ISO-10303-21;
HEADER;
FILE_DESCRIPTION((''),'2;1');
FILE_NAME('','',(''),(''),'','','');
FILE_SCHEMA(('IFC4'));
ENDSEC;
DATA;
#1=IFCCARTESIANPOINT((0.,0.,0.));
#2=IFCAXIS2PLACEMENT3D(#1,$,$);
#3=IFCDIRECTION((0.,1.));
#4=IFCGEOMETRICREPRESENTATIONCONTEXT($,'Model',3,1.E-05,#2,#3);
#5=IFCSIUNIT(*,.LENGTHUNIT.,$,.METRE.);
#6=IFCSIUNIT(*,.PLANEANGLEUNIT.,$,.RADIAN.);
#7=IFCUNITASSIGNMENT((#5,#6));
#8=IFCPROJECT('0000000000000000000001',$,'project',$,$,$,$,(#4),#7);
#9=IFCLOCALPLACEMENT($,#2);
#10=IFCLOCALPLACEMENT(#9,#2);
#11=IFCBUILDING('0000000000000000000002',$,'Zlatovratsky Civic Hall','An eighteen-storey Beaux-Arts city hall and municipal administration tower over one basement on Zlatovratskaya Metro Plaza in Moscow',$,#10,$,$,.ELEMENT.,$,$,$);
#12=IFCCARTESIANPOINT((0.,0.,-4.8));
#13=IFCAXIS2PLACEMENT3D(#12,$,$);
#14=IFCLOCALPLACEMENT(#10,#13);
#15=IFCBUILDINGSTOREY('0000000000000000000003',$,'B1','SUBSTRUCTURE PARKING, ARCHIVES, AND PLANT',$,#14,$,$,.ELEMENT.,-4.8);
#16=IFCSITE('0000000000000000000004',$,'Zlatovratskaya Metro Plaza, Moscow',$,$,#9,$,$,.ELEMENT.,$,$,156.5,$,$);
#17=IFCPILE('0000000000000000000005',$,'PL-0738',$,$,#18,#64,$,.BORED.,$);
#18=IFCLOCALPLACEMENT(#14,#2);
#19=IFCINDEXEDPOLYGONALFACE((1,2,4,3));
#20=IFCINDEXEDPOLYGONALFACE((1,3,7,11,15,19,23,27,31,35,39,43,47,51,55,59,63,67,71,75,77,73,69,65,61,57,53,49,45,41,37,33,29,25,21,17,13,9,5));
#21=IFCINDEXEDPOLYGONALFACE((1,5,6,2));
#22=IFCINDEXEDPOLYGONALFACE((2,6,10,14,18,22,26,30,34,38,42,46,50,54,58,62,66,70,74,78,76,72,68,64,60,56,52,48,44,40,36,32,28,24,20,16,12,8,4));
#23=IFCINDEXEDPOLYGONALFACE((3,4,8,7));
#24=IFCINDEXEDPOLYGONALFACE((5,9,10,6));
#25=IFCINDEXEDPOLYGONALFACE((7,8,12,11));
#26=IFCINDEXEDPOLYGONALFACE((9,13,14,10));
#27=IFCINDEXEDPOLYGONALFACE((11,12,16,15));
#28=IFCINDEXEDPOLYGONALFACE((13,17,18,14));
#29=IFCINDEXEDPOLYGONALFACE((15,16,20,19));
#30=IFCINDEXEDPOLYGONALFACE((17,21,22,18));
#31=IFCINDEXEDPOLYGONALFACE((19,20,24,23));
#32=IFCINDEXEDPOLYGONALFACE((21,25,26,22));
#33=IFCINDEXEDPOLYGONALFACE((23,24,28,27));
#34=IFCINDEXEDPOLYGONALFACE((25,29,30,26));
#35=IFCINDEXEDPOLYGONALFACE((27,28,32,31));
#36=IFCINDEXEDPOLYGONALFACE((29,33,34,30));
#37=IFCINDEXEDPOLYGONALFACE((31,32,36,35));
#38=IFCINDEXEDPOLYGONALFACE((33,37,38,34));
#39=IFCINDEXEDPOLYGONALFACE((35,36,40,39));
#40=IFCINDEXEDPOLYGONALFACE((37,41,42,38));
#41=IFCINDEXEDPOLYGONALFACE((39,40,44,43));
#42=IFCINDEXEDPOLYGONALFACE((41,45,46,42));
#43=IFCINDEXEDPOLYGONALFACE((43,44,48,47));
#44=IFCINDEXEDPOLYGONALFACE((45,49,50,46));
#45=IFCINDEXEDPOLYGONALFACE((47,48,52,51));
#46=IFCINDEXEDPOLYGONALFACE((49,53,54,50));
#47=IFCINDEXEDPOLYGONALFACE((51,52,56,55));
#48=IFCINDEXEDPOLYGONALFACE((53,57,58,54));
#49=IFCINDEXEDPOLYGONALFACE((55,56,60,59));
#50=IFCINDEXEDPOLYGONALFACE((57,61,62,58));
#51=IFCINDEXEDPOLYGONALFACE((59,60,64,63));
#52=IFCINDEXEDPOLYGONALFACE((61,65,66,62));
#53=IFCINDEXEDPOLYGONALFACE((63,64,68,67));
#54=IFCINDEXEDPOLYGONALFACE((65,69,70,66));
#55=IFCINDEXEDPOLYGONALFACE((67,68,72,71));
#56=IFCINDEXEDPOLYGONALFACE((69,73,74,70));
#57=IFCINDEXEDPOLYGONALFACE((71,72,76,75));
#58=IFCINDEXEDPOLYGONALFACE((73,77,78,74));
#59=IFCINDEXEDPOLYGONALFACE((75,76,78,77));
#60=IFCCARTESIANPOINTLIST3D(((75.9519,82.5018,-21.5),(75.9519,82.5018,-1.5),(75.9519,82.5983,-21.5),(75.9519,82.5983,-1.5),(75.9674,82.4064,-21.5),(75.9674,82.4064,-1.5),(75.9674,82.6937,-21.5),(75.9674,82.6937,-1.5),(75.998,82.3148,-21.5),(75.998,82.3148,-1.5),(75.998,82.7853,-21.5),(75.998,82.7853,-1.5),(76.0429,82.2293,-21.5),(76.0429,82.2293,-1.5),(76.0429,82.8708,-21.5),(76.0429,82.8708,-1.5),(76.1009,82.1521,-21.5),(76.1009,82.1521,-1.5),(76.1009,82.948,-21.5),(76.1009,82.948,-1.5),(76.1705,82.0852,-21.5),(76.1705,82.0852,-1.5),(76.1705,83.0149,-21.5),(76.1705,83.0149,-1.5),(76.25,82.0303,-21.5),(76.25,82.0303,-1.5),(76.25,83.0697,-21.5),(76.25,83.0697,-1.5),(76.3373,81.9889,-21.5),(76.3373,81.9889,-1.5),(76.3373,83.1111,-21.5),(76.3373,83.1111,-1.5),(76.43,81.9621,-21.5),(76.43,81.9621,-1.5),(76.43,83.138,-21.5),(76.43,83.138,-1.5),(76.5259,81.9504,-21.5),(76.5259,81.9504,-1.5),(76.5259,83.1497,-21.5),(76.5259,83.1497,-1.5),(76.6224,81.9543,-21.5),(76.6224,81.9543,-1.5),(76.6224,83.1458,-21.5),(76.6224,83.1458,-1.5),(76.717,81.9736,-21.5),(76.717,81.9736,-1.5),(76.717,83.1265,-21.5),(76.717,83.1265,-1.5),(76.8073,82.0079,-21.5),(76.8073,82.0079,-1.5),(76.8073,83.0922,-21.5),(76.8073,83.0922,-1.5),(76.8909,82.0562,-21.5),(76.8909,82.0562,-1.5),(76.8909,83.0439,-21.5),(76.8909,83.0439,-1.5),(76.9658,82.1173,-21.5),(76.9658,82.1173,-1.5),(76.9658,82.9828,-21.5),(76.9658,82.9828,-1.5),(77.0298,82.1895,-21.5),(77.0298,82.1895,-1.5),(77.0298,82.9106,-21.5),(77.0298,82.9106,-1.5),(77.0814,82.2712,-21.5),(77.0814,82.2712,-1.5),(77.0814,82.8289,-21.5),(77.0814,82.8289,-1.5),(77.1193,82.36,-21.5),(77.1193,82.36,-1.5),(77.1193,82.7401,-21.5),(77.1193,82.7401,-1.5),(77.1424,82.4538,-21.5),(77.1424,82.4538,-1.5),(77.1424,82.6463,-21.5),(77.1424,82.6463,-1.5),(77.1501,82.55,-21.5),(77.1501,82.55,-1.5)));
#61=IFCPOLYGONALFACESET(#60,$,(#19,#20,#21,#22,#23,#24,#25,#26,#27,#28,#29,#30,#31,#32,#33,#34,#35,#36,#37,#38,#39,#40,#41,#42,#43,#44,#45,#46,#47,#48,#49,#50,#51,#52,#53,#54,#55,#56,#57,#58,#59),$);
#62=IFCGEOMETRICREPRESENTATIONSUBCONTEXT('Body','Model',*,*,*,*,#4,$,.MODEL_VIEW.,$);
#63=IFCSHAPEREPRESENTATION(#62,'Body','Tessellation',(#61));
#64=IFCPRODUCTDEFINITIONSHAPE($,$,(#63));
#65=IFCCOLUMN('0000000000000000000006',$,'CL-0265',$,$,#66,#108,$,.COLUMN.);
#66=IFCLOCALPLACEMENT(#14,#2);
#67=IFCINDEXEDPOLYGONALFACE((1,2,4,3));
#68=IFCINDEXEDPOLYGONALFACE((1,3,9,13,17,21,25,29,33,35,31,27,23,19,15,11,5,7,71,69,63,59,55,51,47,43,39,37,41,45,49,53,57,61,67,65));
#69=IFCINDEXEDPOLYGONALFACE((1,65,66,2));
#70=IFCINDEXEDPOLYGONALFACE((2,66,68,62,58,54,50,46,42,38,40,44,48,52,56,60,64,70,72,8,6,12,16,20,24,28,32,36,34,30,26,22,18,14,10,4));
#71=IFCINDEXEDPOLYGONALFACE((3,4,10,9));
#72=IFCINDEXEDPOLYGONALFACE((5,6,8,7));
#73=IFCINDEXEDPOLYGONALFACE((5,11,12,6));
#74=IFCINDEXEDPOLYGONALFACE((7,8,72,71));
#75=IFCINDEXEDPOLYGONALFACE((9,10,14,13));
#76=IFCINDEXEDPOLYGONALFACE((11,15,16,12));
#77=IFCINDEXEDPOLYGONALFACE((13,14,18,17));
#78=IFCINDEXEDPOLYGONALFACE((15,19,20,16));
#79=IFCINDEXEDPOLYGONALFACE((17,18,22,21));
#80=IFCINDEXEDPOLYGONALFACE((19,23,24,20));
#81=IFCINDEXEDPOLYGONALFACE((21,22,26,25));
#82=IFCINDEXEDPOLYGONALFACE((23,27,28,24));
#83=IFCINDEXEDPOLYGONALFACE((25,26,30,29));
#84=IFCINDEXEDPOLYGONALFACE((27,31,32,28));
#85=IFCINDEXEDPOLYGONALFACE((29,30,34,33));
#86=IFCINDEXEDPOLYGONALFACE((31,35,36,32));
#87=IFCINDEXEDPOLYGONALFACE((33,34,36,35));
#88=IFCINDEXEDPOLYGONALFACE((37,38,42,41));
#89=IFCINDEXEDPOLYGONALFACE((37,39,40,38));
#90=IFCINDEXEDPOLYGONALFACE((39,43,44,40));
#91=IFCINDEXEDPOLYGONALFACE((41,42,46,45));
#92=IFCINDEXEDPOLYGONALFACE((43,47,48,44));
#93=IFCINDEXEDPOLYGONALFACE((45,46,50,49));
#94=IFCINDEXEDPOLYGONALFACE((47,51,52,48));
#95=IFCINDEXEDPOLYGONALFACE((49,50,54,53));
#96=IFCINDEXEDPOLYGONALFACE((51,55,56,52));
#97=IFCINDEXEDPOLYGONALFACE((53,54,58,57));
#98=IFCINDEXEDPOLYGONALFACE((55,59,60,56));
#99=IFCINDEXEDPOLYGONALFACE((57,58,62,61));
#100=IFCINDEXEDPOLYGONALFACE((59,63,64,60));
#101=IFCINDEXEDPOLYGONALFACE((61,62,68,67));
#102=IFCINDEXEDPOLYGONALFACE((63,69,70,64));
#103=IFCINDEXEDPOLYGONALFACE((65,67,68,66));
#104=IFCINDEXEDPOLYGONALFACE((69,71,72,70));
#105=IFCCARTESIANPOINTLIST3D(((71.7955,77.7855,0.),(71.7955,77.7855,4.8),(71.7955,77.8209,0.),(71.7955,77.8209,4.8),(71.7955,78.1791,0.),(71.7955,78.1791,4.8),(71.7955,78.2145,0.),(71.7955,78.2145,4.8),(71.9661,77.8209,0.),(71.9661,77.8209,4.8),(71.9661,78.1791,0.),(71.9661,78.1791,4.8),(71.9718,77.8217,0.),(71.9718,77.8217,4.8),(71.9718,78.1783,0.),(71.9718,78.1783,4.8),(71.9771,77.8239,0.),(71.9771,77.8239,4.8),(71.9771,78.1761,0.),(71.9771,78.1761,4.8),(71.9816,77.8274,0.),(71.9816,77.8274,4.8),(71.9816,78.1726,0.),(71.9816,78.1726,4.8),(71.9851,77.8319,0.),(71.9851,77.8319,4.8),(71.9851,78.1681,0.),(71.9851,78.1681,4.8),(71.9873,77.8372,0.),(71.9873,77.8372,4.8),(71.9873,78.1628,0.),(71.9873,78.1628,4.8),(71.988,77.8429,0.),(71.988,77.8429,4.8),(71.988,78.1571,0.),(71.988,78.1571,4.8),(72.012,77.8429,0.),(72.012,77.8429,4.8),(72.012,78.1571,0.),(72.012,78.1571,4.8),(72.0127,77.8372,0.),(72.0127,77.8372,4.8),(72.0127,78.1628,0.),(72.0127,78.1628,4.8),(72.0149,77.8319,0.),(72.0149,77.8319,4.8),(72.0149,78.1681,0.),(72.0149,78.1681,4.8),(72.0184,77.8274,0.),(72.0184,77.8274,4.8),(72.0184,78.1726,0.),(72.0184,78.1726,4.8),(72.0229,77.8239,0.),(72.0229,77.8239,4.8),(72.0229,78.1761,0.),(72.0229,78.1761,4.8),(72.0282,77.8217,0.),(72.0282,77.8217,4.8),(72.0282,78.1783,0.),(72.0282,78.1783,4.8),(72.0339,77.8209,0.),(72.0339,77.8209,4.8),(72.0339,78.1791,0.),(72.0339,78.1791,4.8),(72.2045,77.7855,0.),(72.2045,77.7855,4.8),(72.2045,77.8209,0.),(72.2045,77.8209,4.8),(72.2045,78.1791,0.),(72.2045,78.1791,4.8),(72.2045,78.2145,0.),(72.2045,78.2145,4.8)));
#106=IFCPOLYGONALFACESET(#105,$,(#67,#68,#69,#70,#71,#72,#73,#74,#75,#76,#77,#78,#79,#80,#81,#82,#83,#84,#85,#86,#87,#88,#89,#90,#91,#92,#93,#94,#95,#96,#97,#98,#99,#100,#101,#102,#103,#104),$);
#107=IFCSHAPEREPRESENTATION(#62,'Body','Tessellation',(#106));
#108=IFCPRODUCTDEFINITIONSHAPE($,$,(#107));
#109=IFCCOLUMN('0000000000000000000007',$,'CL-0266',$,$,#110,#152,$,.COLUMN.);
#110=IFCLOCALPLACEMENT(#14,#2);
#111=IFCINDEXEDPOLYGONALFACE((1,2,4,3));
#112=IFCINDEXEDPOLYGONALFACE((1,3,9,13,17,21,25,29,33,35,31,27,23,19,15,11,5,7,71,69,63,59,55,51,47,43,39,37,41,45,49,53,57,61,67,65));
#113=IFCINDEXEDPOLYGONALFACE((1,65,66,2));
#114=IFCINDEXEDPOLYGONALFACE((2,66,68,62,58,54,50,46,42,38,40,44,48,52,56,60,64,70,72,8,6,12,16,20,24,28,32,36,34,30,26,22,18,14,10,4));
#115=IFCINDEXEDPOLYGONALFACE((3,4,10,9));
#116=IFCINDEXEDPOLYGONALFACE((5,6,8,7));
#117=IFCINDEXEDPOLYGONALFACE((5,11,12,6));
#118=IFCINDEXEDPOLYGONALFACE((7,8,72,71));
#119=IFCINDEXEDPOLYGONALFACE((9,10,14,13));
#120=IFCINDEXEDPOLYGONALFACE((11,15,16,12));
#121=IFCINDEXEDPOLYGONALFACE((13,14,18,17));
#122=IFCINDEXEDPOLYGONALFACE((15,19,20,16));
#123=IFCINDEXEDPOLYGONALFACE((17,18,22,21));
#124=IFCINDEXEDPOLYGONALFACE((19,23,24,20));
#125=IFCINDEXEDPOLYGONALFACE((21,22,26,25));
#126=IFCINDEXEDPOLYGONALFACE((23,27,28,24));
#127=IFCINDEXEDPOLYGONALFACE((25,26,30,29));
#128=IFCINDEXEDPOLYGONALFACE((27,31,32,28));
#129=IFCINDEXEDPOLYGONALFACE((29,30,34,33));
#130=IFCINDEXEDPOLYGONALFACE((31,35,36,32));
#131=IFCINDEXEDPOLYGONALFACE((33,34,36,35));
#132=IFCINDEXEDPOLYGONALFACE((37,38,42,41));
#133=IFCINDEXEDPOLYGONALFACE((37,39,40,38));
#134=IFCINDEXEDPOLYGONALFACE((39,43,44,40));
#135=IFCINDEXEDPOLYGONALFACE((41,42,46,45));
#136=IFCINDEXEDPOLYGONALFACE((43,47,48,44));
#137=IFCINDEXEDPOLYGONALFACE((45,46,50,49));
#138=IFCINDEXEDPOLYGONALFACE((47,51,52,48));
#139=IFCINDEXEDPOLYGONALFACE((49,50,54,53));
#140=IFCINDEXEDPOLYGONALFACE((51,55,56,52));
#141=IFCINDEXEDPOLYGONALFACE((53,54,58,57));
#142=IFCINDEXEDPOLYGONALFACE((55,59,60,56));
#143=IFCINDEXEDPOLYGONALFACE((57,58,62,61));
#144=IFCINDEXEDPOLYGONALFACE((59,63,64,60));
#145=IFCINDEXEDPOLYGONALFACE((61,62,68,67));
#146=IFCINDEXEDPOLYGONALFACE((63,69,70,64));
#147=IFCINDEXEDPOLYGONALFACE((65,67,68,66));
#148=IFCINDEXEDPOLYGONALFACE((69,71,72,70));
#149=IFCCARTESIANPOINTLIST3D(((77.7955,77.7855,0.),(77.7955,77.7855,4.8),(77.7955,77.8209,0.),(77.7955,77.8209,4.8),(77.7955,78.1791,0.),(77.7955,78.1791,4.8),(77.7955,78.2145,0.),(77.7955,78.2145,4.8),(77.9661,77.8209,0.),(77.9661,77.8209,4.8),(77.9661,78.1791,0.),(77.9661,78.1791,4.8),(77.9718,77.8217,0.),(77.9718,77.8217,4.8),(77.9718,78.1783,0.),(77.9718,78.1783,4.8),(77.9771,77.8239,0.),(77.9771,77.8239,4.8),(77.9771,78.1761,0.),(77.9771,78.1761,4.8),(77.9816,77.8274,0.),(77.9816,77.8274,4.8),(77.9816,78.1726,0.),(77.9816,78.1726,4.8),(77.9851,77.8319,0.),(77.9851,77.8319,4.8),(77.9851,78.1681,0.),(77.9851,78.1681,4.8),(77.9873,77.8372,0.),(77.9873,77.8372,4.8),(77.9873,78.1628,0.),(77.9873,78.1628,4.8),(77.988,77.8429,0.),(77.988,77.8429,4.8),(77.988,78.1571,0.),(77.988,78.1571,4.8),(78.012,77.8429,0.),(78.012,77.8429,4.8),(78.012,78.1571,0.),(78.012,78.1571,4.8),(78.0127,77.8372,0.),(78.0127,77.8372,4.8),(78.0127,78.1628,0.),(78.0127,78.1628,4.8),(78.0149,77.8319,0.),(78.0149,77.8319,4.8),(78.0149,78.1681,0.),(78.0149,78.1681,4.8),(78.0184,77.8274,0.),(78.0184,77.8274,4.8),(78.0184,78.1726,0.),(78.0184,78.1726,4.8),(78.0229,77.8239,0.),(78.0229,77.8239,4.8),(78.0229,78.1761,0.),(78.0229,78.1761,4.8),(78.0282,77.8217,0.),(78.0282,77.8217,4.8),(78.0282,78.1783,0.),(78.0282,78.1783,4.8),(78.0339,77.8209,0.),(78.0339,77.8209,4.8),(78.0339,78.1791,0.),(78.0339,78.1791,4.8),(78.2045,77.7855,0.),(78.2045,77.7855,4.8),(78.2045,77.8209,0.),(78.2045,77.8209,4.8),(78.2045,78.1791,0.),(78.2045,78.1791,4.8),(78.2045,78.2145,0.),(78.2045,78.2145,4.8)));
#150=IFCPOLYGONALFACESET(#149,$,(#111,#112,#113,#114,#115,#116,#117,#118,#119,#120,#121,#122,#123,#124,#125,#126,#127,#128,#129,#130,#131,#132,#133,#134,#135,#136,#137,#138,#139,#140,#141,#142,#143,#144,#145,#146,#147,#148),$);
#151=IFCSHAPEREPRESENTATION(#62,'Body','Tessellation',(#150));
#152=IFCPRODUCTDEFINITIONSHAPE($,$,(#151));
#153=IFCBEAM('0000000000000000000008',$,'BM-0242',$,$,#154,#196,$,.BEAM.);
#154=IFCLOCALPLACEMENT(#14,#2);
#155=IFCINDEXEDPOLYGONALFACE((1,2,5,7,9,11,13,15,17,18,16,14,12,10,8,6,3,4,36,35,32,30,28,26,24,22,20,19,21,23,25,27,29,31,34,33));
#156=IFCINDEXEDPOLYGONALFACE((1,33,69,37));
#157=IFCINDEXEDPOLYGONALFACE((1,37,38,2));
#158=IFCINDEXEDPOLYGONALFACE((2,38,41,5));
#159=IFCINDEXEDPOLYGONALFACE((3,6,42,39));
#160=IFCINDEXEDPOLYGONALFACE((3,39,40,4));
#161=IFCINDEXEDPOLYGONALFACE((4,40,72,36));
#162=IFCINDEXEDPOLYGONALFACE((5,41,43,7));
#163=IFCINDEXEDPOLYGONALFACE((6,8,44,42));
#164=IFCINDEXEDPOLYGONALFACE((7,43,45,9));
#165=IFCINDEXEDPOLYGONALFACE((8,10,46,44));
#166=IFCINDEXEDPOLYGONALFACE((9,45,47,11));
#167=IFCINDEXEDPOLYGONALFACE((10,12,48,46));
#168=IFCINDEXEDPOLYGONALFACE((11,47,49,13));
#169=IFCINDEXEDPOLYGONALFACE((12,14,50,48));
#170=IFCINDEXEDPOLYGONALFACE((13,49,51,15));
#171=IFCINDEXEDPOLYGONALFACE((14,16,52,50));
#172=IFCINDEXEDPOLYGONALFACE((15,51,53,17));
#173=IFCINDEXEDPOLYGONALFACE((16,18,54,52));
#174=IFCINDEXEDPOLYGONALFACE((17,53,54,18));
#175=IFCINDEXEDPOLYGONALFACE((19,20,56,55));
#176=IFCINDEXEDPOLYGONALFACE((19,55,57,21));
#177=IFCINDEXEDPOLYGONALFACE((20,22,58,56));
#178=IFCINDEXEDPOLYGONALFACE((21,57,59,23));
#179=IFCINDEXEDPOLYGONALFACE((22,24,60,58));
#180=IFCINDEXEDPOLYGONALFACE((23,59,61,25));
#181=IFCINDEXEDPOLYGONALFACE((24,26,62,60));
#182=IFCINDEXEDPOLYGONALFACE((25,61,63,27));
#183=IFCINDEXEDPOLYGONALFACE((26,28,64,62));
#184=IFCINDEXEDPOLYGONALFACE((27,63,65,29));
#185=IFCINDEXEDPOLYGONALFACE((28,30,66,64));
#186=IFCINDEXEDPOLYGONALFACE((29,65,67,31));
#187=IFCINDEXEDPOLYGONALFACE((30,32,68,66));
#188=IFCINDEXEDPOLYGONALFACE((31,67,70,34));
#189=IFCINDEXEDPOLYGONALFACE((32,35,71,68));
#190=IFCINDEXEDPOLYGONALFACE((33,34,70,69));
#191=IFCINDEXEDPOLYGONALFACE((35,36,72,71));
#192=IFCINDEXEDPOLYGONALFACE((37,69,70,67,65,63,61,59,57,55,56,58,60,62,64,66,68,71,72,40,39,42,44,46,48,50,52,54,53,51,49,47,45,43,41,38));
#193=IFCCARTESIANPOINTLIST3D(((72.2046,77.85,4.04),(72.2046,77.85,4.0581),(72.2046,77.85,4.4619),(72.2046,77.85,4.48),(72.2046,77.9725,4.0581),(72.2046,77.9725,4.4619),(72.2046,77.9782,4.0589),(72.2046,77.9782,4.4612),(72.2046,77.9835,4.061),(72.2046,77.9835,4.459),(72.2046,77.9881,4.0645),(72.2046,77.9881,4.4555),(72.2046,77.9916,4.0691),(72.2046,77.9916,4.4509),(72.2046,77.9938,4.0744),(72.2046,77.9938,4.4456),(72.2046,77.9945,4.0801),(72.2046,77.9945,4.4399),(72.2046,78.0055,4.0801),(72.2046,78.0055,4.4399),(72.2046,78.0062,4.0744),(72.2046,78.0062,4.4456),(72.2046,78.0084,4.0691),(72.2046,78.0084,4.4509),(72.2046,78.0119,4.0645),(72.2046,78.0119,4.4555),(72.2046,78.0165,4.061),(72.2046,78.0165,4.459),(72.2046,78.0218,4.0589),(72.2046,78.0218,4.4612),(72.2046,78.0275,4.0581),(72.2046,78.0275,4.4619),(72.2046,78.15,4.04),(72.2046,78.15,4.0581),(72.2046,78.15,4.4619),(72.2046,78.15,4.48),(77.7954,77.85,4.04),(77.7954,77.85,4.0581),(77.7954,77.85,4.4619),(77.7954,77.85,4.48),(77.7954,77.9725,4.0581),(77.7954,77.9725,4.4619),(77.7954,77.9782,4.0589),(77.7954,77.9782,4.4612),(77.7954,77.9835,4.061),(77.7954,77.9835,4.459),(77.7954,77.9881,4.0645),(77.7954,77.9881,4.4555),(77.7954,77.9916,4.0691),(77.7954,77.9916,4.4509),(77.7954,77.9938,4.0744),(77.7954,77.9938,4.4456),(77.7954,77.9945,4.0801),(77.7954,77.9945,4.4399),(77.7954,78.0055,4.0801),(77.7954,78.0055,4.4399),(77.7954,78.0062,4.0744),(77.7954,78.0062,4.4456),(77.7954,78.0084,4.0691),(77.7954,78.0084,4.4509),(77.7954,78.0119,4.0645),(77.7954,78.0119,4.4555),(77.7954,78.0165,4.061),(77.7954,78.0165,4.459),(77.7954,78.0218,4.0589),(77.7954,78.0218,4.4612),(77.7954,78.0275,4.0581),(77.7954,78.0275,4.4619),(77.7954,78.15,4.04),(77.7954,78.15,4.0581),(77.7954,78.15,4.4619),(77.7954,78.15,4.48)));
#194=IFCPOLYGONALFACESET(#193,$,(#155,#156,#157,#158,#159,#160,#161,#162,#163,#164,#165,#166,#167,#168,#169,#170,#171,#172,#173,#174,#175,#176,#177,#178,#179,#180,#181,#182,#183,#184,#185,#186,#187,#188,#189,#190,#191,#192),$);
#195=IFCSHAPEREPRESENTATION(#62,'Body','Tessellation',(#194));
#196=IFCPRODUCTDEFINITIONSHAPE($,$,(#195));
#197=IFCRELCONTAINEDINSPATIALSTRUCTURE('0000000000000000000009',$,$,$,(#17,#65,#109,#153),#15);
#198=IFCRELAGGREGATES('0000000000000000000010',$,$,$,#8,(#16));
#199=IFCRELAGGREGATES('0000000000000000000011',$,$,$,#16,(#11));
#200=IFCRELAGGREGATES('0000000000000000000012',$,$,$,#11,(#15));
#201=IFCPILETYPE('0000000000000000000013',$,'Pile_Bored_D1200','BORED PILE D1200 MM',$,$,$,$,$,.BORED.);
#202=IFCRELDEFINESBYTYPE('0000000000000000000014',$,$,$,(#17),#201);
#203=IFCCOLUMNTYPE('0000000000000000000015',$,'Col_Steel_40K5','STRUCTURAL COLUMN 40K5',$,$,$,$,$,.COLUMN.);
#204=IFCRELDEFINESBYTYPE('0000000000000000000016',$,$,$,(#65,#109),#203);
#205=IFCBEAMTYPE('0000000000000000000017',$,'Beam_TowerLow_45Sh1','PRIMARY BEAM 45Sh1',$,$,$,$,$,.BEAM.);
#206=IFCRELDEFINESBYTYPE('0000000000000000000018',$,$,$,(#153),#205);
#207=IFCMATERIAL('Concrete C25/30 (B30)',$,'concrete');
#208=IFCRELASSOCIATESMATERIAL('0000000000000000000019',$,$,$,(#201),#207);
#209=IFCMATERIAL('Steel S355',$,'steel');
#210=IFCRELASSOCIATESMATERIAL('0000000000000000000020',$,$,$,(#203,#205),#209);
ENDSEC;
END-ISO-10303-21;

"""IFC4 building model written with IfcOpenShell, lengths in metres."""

from ifc_helpers import new_model, si_unit, direction, frame, origin, origin_2d, place, context, subcontext, project, spatial, circle, i_section, extrude, material, material_profile, profile_set, type_object, element, save


model = new_model("IFC4")

# Units and contexts
model_context = context("Model", 3, precision=1e-05, world=origin(), true_north=direction((0.0, 1.0)))
body_context = subcontext(model_context, "Body", "Model", "MODEL_VIEW")
ifc_project = project(units=[si_unit("LENGTHUNIT", "METRE"), si_unit("PLANEANGLEUNIT", "RADIAN")], contexts=[model_context])

# Site, building, storey
site_placement = place(None, origin())
site = spatial("IfcSite", under=ifc_project, at=site_placement, Name="Zlatovratskaya Metro Plaza, Moscow", CompositionType="ELEMENT", RefElevation=156.5)
building_placement = place(site_placement, origin())
building = spatial("IfcBuilding", under=site, at=building_placement, Name="Zlatovratsky Civic Hall", Description="An eighteen-storey Beaux-Arts city hall and municipal administration tower over one basement on Zlatovratskaya Metro Plaza in Moscow", CompositionType="ELEMENT")
storey_placement = place(building_placement, frame((0.0, 0.0, -4.8)))
storey = spatial("IfcBuildingStorey", under=building, at=storey_placement, Name="B1", Description="SUBSTRUCTURE PARKING, ARCHIVES, AND PLANT", CompositionType="ELEMENT", Elevation=-4.8)

# Shared definitions
ifc_material_1 = material(Name="Concrete C25/30 (B30)", Category="concrete")

# Pile
ifc_material_profile_1 = material_profile(ifc_material_1, circle(Radius=0.6001, at=origin_2d()), Name="PILE D1200")
ifc_profile_set_1 = profile_set([ifc_material_profile_1], Name="Concrete C25/30 (B30)")
pile_type_1 = type_object("IfcPileType", Name="Pile_Bored_D1200", Description="BORED PILE D1200 MM", PredefinedType="BORED", material=ifc_profile_set_1)
for number, where, z_axis, x_axis, name in (
    (1, (76.55, 82.55, -1.5), (0.0, 0.0, -1.0), (1.0, 0.0, 0.0), "PL-0738"),
):
    element("IfcPile", number, at=place(storey_placement, frame(where, z_axis=z_axis, x_axis=x_axis)), inside=storey, type_object=pile_type_1, Name=name, PredefinedType="BORED", context=body_context, shape_type="SweptSolid", body=[
        extrude(circle(Radius=0.6001, at=origin_2d()), origin(), (0.0, 0.0, 1.0), 20.0),
    ])

# Columns
ifc_material_2 = material(Name="Steel S355", Category="steel")
ifc_material_profile_2 = material_profile(ifc_material_2, i_section(OverallWidth=0.4089, OverallDepth=0.429, WebThickness=0.0239, FlangeThickness=0.0354, FilletRadius=0.022, at=origin_2d()), Name="40K5")
ifc_profile_set_2 = profile_set([ifc_material_profile_2], Name="Steel S355")
column_type = type_object("IfcColumnType", Name="Col_Steel_40K5", Description="STRUCTURAL COLUMN 40K5", PredefinedType="COLUMN", material=ifc_profile_set_2)
for number, where, z_axis, x_axis, name in (
    (2, (72.0, 78.0, 0.0), (0.0, 0.0, 1.0), (1.0, 0.0, 0.0), "CL-0265"),
    (3, (78.0, 78.0, 0.0), (0.0, 0.0, 1.0), (1.0, 0.0, 0.0), "CL-0266"),
):
    element("IfcColumn", number, at=place(storey_placement, frame(where, z_axis=z_axis, x_axis=x_axis)), inside=storey, type_object=column_type, Name=name, PredefinedType="COLUMN", context=body_context, shape_type="SweptSolid", body=[
        extrude(i_section(OverallWidth=0.4089, OverallDepth=0.429, WebThickness=0.0239, FlangeThickness=0.0354, FilletRadius=0.022, at=origin_2d()), origin(), (0.0, 0.0, 1.0), 4.8),
    ])

# Beam
ifc_material_profile_3 = material_profile(ifc_material_2, i_section(OverallWidth=0.3, OverallDepth=0.4399, WebThickness=0.011, FlangeThickness=0.0181, FilletRadius=0.022, at=origin_2d()), Name="45Sh1")
ifc_profile_set_3 = profile_set([ifc_material_profile_3], Name="Steel S355")
beam_type = type_object("IfcBeamType", Name="Beam_TowerLow_45Sh1", Description="PRIMARY BEAM 45Sh1", PredefinedType="BEAM", material=ifc_profile_set_3)
for number, where, z_axis, x_axis, name in (
    (4, (72.2046, 78.0, 4.26), (1.0, 0.0, 0.0), (0.0, 1.0, 0.0), "BM-0242"),
):
    element("IfcBeam", number, at=place(storey_placement, frame(where, z_axis=z_axis, x_axis=x_axis)), inside=storey, type_object=beam_type, Name=name, PredefinedType="BEAM", context=body_context, shape_type="SweptSolid", body=[
        extrude(i_section(OverallWidth=0.3, OverallDepth=0.4399, WebThickness=0.011, FlangeThickness=0.0181, FilletRadius=0.022, at=origin_2d()), origin(), (0.0, 0.0, 1.0), 5.5908),
    ])

save(model, "model.ifc")
